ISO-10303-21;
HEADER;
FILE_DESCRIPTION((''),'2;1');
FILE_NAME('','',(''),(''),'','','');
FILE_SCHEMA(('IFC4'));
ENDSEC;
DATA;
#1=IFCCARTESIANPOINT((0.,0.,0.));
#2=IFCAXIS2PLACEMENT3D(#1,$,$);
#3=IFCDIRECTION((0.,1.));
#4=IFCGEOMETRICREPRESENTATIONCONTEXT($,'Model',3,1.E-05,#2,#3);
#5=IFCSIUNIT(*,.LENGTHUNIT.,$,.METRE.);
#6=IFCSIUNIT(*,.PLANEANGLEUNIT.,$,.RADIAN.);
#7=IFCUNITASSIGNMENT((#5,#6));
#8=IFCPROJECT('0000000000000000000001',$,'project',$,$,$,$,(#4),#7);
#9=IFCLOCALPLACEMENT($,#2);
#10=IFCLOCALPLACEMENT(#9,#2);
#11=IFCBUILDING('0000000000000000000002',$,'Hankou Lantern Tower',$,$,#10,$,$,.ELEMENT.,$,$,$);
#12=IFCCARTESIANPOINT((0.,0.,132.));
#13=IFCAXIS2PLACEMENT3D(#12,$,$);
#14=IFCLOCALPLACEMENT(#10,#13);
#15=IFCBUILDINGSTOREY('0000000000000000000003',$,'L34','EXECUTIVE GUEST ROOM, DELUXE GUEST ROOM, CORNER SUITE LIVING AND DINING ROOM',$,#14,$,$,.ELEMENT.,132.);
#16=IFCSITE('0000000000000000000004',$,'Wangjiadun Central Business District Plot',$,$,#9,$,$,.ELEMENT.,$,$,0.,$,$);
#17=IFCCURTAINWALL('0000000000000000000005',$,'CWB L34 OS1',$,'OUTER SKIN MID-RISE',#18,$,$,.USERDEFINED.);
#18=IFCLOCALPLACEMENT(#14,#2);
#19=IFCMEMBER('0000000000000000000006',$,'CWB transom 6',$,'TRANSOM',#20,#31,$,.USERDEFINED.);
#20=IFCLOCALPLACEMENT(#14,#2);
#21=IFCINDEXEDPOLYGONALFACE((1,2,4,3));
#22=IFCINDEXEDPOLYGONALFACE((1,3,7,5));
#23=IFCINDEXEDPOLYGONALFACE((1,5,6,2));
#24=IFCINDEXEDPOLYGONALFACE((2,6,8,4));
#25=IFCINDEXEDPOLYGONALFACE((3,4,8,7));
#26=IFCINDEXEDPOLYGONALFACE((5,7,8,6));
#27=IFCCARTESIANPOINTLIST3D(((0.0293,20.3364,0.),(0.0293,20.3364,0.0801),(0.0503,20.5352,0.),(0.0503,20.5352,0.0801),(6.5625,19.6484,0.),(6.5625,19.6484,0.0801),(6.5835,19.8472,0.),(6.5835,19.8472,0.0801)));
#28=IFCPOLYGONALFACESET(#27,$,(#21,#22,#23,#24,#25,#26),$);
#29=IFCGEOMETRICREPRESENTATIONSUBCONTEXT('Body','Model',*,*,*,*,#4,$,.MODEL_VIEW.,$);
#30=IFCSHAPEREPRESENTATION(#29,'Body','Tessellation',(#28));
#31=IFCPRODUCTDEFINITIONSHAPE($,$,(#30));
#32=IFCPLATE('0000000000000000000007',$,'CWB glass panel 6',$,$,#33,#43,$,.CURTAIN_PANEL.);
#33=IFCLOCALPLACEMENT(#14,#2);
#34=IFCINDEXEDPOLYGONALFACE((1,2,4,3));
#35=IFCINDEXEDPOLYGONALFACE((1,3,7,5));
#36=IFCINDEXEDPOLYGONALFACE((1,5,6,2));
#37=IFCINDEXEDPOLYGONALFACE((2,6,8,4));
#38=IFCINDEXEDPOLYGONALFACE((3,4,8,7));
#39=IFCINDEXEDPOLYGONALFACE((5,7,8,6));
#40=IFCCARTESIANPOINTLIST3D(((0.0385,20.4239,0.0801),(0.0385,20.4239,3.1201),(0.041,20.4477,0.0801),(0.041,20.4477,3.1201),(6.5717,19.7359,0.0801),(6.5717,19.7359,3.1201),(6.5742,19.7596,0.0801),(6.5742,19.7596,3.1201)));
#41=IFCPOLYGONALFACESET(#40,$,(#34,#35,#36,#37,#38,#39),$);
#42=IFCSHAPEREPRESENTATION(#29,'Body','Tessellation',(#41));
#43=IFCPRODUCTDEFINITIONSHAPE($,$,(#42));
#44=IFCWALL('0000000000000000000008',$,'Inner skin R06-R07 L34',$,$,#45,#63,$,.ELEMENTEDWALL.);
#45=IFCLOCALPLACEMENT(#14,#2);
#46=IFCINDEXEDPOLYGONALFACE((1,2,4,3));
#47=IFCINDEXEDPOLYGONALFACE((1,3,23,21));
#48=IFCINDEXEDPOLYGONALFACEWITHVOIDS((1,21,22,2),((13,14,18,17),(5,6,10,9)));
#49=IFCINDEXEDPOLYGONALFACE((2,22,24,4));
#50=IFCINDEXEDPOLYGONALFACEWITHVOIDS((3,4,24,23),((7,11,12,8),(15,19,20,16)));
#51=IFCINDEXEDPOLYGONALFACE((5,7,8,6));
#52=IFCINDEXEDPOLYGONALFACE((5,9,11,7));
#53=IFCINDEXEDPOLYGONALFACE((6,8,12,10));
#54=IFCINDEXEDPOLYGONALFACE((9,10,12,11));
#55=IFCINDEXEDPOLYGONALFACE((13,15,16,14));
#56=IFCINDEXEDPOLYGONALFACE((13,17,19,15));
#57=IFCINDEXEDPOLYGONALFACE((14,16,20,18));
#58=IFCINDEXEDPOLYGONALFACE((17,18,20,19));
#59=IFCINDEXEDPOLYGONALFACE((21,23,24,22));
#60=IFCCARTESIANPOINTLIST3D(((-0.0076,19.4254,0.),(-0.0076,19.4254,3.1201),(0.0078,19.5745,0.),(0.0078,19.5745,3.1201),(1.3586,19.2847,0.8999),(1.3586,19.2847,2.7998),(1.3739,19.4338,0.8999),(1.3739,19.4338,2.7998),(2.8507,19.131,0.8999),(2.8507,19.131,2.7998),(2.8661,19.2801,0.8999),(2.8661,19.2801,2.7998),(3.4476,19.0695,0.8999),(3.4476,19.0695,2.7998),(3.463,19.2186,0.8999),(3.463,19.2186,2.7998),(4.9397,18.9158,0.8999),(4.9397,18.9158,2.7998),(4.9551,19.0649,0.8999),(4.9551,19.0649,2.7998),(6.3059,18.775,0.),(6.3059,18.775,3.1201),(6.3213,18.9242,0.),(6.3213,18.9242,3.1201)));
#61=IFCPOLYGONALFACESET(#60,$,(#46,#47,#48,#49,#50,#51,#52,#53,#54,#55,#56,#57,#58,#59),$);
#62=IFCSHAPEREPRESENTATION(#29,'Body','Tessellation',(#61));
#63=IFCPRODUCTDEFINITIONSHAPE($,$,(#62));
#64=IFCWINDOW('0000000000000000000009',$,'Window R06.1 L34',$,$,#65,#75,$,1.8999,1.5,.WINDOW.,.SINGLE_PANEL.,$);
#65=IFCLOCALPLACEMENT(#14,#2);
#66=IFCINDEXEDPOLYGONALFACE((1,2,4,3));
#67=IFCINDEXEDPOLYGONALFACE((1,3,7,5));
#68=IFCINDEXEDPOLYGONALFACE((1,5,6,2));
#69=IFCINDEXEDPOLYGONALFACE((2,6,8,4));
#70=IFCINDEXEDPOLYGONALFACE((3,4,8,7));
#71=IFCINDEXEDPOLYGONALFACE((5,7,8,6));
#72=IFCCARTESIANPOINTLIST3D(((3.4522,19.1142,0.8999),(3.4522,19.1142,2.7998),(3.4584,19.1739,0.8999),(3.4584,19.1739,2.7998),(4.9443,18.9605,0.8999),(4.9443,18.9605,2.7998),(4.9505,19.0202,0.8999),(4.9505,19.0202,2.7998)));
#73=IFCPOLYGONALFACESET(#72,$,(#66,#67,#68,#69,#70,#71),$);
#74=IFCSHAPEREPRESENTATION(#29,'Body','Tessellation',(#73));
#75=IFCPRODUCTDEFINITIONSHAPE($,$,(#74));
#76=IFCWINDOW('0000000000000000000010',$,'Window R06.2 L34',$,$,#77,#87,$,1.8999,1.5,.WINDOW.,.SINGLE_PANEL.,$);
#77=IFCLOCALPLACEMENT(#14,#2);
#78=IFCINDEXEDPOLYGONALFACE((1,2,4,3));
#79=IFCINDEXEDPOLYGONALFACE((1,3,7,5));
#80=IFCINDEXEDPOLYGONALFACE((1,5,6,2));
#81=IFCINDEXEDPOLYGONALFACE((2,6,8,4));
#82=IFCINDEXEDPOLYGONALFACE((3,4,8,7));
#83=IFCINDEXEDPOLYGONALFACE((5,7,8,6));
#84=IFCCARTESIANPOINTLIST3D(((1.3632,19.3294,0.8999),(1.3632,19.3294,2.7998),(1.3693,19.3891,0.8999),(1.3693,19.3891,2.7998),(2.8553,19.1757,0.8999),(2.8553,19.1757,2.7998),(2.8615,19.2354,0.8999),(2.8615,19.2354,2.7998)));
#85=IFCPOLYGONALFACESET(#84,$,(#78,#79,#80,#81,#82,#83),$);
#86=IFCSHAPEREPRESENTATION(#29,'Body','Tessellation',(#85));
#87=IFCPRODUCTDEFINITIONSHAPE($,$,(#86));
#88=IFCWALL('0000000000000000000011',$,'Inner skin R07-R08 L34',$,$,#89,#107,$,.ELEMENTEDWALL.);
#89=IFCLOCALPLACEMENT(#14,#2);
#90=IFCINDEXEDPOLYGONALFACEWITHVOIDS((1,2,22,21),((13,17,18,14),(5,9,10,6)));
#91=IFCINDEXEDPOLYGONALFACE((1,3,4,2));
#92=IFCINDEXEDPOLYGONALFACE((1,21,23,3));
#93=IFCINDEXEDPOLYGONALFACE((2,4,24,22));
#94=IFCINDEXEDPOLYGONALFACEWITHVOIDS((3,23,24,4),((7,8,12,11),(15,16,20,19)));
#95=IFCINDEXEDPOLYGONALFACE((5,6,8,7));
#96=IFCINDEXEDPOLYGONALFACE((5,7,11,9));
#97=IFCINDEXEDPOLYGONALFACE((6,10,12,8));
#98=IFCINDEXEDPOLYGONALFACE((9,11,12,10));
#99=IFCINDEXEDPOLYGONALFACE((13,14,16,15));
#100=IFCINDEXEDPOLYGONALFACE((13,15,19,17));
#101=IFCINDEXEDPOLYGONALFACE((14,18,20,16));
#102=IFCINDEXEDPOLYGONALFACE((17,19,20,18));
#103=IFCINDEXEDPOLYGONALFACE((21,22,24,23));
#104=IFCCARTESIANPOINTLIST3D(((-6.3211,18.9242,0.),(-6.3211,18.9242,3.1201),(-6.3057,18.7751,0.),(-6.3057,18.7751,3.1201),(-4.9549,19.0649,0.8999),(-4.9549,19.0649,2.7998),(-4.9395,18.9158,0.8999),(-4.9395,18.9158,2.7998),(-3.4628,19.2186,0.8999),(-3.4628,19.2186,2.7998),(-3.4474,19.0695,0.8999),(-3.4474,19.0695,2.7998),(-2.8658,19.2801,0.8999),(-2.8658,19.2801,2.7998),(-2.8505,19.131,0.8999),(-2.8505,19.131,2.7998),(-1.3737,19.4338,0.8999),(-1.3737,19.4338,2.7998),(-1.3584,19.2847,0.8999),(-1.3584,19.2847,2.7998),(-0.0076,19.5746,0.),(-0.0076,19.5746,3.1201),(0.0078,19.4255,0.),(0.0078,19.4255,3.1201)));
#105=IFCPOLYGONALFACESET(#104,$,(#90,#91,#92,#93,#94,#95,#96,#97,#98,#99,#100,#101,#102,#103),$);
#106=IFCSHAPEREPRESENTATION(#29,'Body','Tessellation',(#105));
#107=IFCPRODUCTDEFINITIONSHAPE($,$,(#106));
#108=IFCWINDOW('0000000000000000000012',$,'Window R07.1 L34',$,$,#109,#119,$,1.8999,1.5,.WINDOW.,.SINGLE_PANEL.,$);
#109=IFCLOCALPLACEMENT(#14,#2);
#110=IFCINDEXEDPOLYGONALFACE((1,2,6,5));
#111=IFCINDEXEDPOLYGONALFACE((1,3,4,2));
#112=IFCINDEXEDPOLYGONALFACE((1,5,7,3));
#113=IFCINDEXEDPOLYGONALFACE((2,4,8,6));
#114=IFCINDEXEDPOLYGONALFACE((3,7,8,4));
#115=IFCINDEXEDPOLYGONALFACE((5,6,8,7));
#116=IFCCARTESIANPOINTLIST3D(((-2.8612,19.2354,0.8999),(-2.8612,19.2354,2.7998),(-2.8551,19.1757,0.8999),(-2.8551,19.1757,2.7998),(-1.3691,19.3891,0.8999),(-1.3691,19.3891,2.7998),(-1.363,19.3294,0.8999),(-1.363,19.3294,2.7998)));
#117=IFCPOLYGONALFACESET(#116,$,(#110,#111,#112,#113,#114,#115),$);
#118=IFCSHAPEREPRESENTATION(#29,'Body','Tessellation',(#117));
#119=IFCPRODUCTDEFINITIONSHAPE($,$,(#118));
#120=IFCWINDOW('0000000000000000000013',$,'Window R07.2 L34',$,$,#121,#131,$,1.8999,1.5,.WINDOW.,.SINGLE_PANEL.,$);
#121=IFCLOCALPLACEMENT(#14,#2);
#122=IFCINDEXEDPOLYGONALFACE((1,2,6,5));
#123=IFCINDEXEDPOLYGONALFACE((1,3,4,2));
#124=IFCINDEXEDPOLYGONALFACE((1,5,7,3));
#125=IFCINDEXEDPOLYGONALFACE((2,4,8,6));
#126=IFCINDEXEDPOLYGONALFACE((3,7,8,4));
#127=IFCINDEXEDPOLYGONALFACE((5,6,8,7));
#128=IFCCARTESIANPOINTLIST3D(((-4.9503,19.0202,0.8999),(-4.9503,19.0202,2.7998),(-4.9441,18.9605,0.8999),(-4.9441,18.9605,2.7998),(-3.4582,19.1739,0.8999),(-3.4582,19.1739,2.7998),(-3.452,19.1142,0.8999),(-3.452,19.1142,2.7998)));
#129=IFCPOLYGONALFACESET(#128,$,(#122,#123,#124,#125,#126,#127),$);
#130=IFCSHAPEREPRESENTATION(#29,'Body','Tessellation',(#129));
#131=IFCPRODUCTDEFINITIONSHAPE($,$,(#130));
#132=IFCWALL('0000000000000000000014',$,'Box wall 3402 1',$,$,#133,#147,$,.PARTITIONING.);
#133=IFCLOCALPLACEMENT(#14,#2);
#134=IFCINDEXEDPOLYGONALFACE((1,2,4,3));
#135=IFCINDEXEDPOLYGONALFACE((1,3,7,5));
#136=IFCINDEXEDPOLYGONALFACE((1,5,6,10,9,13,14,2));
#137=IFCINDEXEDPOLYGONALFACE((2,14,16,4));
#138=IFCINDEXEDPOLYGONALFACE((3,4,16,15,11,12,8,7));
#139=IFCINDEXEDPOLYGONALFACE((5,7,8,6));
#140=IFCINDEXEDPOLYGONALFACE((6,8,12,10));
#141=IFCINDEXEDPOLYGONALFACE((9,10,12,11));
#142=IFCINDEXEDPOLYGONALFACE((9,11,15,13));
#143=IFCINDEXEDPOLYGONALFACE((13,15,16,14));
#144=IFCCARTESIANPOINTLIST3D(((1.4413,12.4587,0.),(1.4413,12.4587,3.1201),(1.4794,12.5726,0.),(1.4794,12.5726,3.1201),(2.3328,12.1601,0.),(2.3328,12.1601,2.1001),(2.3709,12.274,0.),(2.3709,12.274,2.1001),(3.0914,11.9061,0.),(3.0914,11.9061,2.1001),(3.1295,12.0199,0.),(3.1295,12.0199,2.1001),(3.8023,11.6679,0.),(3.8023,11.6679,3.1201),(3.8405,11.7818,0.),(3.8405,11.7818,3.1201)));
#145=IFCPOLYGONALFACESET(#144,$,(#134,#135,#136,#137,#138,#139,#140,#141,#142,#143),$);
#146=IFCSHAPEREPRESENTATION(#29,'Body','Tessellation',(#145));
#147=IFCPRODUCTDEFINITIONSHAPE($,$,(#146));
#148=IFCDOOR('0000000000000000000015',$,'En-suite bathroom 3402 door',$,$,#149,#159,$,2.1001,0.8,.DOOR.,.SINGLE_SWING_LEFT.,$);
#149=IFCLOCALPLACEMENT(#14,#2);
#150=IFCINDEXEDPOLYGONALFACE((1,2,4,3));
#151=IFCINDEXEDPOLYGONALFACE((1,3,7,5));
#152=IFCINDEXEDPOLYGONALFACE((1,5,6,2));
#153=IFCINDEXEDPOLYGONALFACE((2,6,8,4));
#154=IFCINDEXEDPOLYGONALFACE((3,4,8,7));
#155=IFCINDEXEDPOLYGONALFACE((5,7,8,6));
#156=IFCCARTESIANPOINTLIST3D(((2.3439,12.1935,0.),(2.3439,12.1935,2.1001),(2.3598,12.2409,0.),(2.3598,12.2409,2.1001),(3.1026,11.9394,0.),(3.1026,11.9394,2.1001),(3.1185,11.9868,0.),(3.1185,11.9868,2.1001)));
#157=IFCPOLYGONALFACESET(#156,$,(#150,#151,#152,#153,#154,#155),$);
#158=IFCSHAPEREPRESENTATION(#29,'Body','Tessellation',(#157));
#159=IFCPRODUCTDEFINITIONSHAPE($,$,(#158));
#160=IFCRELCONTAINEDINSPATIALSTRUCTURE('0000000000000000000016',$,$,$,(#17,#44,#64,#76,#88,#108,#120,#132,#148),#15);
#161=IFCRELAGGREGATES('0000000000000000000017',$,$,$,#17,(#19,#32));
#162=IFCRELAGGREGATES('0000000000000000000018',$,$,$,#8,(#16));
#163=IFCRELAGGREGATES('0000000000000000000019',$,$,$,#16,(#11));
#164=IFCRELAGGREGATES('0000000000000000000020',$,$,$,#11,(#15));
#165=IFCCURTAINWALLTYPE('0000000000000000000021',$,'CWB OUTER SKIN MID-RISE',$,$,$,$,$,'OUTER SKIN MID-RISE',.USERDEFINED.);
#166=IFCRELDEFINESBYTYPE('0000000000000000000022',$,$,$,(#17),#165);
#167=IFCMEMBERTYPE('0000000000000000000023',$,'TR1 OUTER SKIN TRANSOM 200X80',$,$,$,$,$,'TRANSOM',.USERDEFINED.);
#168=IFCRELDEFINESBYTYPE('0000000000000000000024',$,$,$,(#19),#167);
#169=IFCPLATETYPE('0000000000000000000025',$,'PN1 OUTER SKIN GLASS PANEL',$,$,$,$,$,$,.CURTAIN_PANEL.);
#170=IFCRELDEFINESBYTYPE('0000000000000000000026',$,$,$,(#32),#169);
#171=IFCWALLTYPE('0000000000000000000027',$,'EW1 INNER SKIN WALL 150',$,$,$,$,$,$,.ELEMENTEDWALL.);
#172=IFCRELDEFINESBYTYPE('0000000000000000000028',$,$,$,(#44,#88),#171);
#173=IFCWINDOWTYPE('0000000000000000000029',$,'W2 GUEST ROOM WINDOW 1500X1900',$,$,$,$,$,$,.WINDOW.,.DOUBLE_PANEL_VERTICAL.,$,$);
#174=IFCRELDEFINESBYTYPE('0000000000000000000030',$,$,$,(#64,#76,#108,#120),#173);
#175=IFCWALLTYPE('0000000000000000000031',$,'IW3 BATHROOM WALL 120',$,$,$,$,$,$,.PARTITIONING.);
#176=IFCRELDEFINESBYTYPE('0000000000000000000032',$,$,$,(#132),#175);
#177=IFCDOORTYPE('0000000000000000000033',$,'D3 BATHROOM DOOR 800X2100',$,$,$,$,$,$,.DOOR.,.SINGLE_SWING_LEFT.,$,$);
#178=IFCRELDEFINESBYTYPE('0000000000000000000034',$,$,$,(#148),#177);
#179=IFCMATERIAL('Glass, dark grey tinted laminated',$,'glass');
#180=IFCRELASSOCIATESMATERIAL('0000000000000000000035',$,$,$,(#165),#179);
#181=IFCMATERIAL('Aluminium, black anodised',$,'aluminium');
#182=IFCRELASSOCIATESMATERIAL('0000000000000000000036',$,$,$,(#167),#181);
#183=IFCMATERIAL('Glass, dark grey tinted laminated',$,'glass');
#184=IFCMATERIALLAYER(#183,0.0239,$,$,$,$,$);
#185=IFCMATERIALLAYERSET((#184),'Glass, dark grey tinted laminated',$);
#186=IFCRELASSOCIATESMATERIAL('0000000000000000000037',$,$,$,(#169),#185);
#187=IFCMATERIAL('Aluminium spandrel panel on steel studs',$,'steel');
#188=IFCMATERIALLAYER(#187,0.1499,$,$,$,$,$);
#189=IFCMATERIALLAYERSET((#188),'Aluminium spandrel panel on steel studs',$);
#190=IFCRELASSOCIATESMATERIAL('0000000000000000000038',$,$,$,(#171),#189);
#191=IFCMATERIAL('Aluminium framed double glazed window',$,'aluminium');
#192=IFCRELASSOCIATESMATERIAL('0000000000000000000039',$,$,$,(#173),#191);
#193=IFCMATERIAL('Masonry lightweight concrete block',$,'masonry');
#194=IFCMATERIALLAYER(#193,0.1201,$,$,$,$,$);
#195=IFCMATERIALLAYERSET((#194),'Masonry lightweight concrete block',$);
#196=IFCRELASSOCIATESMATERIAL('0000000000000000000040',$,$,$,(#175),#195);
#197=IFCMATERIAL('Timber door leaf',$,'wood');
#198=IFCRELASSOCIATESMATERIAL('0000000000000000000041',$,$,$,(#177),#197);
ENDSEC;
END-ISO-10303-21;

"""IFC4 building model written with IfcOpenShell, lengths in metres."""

from ifc_helpers import new_model, si_unit, direction, frame, frame_2d, origin, origin_2d, place, context, subcontext, project, spatial, rectangle, extrude, material, layer, layer_set, material_profile, profile_set, type_object, element, fill, aggregate, save


model = new_model("IFC4")

# Units and contexts
model_context = context("Model", 3, precision=1e-05, world=origin(), true_north=direction((0.0, 1.0)))
body_context = subcontext(model_context, "Body", "Model", "MODEL_VIEW")
ifc_project = project(units=[si_unit("LENGTHUNIT", "METRE"), si_unit("PLANEANGLEUNIT", "RADIAN")], contexts=[model_context])

# Site, building, storey
site_placement = place(None, origin())
site = spatial("IfcSite", under=ifc_project, at=site_placement, Name="Wangjiadun Central Business District Plot", CompositionType="ELEMENT", RefElevation=0.0)
building_placement = place(site_placement, origin())
building = spatial("IfcBuilding", under=site, at=building_placement, Name="Hankou Lantern Tower", CompositionType="ELEMENT")
storey_placement = place(building_placement, frame((0.0, 0.0, 132.0)))
storey = spatial("IfcBuildingStorey", under=building, at=storey_placement, Name="L34", Description="EXECUTIVE GUEST ROOM, DELUXE GUEST ROOM, CORNER SUITE LIVING AND DINING ROOM", CompositionType="ELEMENT", Elevation=132.0)

# Curtain wall
ifc_material_1 = material(Name="Glass, dark grey tinted laminated", Category="glass")
curtain_wall_type = type_object("IfcCurtainWallType", Name="CWB OUTER SKIN MID-RISE", ElementType="OUTER SKIN MID-RISE", PredefinedType="USERDEFINED", material=ifc_material_1)
curtain_wall_1_placement = place(storey_placement, origin())
curtain_wall_1 = element("IfcCurtainWall", 1, at=curtain_wall_1_placement, inside=storey, type_object=curtain_wall_type, Name="CWB L34 OS1", ObjectType="OUTER SKIN MID-RISE", PredefinedType="USERDEFINED")

# Member
ifc_material_2 = material(Name="Aluminium, black anodised", Category="aluminium")
ifc_material_profile_1 = material_profile(ifc_material_2, rectangle(XDim=0.2, YDim=0.0801, at=origin_2d()), Name="TR1 200X80")
ifc_profile_set_1 = profile_set([ifc_material_profile_1], Name="Aluminium, black anodised")
member_type_1 = type_object("IfcMemberType", Name="TR1 OUTER SKIN TRANSOM 200X80", ElementType="TRANSOM", PredefinedType="USERDEFINED", material=ifc_profile_set_1)
member_1_placement = place(storey_placement, frame((6.573, 19.7478, 0.04), z_axis=(-0.994501, 0.104727, 0.0), x_axis=(-0.104727, -0.994501, 0.0)))
member_1 = element("IfcMember", 2, at=member_1_placement, type_object=member_type_1, Name="CWB transom 6", ObjectType="TRANSOM", PredefinedType="USERDEFINED", context=body_context, shape_type="SweptSolid", body=[
    extrude(rectangle(XDim=0.2, YDim=0.0801, at=origin_2d()), origin(), (0.0, 0.0, 1.0), 6.5693),
])

# Plate
ifc_material_3 = material(Name="Glass, dark grey tinted laminated", Category="glass")
ifc_layer_1 = layer(ifc_material_3, 0.0239)
ifc_layer_set_1 = layer_set([ifc_layer_1], Name="Glass, dark grey tinted laminated")
plate_type = type_object("IfcPlateType", Name="PN1 OUTER SKIN GLASS PANEL", PredefinedType="CURTAIN_PANEL", material=ifc_layer_set_1)
plate_placement = place(storey_placement, frame((3.3064, 20.0918, 0.0801), z_axis=(0.0, 0.0, 1.0), x_axis=(-0.994499, 0.104743, 0.0)))
plate = element("IfcPlate", 3, at=plate_placement, type_object=plate_type, Name="CWB glass panel 6", PredefinedType="CURTAIN_PANEL", context=body_context, shape_type="SweptSolid", body=[
    extrude(rectangle(XDim=6.5693, YDim=0.0239, at=origin_2d()), origin(), (0.0, 0.0, 1.0), 3.04),
])
aggregate(curtain_wall_1, [member_1, plate])

# Walls, openings, windows
ifc_material_4 = material(Name="Aluminium spandrel panel on steel studs", Category="steel")
ifc_layer_2 = layer(ifc_material_4, 0.1499)
ifc_layer_set_2 = layer_set([ifc_layer_2], Name="Aluminium spandrel panel on steel studs")
wall_type_1 = type_object("IfcWallType", Name="EW1 INNER SKIN WALL 150", PredefinedType="ELEMENTEDWALL", material=ifc_layer_set_2)
wall_1_placement = place(storey_placement, frame((6.3135, 18.8496, 0.0), z_axis=(0.0, 0.0, 1.0), x_axis=(-0.994736, 0.102474, 0.0)))
wall_1 = element("IfcWall", 4, at=wall_1_placement, inside=storey, type_object=wall_type_1, Name="Inner skin R06-R07 L34", PredefinedType="ELEMENTEDWALL", context=body_context, shape_type="SweptSolid", body=[
    extrude(rectangle(XDim=6.3469, YDim=0.1499, at=frame_2d((3.1733, 0.0))), origin(), (0.0, 0.0, 1.0), 3.1201),
])
opening_1_placement = place(wall_1_placement, frame((1.3733, 0.0, 0.8999)))
opening_1 = element("IfcOpeningElement", 5, at=opening_1_placement, cuts=wall_1, PredefinedType="OPENING", context=body_context, shape_type="SweptSolid", body=[
    extrude(rectangle(XDim=1.5, YDim=1.8999, at=frame_2d((0.75, 0.95))), frame((0.0, 0.085, 0.0), z_axis=(0.0, -1.0, 0.0), x_axis=(1.0, 0.0, 0.0)), (0.0, 0.0, 1.0), 0.1699),
])
opening_2_placement = place(wall_1_placement, frame((3.4734, 0.0, 0.8999)))
opening_2 = element("IfcOpeningElement", 6, at=opening_2_placement, cuts=wall_1, PredefinedType="OPENING", context=body_context, shape_type="SweptSolid", body=[
    extrude(rectangle(XDim=1.5, YDim=1.8999, at=frame_2d((0.75, 0.95))), frame((0.0, 0.085, 0.0), z_axis=(0.0, -1.0, 0.0), x_axis=(1.0, 0.0, 0.0)), (0.0, 0.0, 1.0), 0.1699),
])
ifc_material_5 = material(Name="Aluminium framed double glazed window", Category="aluminium")
window_type = type_object("IfcWindowType", Name="W2 GUEST ROOM WINDOW 1500X1900", PartitioningType="DOUBLE_PANEL_VERTICAL", PredefinedType="WINDOW", material=ifc_material_5)
window_1_placement = place(opening_1_placement, origin())
window_1 = element("IfcWindow", 7, at=window_1_placement, inside=storey, type_object=window_type, Name="Window R06.1 L34", OverallHeight=1.8999, OverallWidth=1.5, PartitioningType="SINGLE_PANEL", PredefinedType="WINDOW", context=body_context, shape_type="SweptSolid", body=[
    extrude(rectangle(XDim=1.5, YDim=1.8999, at=frame_2d((0.75, 0.95))), frame((0.0, 0.03, 0.0), z_axis=(0.0, -1.0, 0.0), x_axis=(1.0, 0.0, 0.0)), (0.0, 0.0, 1.0), 0.0601),
])
fill(opening_1, window_1)
window_2_placement = place(opening_2_placement, origin())
window_2 = element("IfcWindow", 8, at=window_2_placement, inside=storey, type_object=window_type, Name="Window R06.2 L34", OverallHeight=1.8999, OverallWidth=1.5, PartitioningType="SINGLE_PANEL", PredefinedType="WINDOW", context=body_context, shape_type="SweptSolid", body=[
    extrude(rectangle(XDim=1.5, YDim=1.8999, at=frame_2d((0.75, 0.95))), frame((0.0, 0.03, 0.0), z_axis=(0.0, -1.0, 0.0), x_axis=(1.0, 0.0, 0.0)), (0.0, 0.0, 1.0), 0.0601),
])
fill(opening_2, window_2)
wall_2_placement = place(storey_placement, frame((0.0, 19.5, 0.0), z_axis=(0.0, 0.0, 1.0), x_axis=(-0.994736, -0.102474, 0.0)))
wall_2 = element("IfcWall", 9, at=wall_2_placement, inside=storey, type_object=wall_type_1, Name="Inner skin R07-R08 L34", PredefinedType="ELEMENTEDWALL", context=body_context, shape_type="SweptSolid", body=[
    extrude(rectangle(XDim=6.3469, YDim=0.1499, at=frame_2d((3.1733, 0.0))), origin(), (0.0, 0.0, 1.0), 3.1201),
])
opening_3_placement = place(wall_2_placement, frame((1.3733, 0.0, 0.8999)))
opening_3 = element("IfcOpeningElement", 10, at=opening_3_placement, cuts=wall_2, PredefinedType="OPENING", context=body_context, shape_type="SweptSolid", body=[
    extrude(rectangle(XDim=1.5, YDim=1.8999, at=frame_2d((0.75, 0.95))), frame((0.0, 0.085, 0.0), z_axis=(0.0, -1.0, 0.0), x_axis=(1.0, 0.0, 0.0)), (0.0, 0.0, 1.0), 0.1699),
])
opening_4_placement = place(wall_2_placement, frame((3.4734, 0.0, 0.8999)))
opening_4 = element("IfcOpeningElement", 11, at=opening_4_placement, cuts=wall_2, PredefinedType="OPENING", context=body_context, shape_type="SweptSolid", body=[
    extrude(rectangle(XDim=1.5, YDim=1.8999, at=frame_2d((0.75, 0.95))), frame((0.0, 0.085, 0.0), z_axis=(0.0, -1.0, 0.0), x_axis=(1.0, 0.0, 0.0)), (0.0, 0.0, 1.0), 0.1699),
])
window_3_placement = place(opening_3_placement, origin())
window_3 = element("IfcWindow", 12, at=window_3_placement, inside=storey, type_object=window_type, Name="Window R07.1 L34", OverallHeight=1.8999, OverallWidth=1.5, PartitioningType="SINGLE_PANEL", PredefinedType="WINDOW", context=body_context, shape_type="SweptSolid", body=[
    extrude(rectangle(XDim=1.5, YDim=1.8999, at=frame_2d((0.75, 0.95))), frame((0.0, 0.03, 0.0), z_axis=(0.0, -1.0, 0.0), x_axis=(1.0, 0.0, 0.0)), (0.0, 0.0, 1.0), 0.0601),
])
fill(opening_3, window_3)
window_4_placement = place(opening_4_placement, origin())
window_4 = element("IfcWindow", 13, at=window_4_placement, inside=storey, type_object=window_type, Name="Window R07.2 L34", OverallHeight=1.8999, OverallWidth=1.5, PartitioningType="SINGLE_PANEL", PredefinedType="WINDOW", context=body_context, shape_type="SweptSolid", body=[
    extrude(rectangle(XDim=1.5, YDim=1.8999, at=frame_2d((0.75, 0.95))), frame((0.0, 0.03, 0.0), z_axis=(0.0, -1.0, 0.0), x_axis=(1.0, 0.0, 0.0)), (0.0, 0.0, 1.0), 0.0601),
])
fill(opening_4, window_4)

# Wall, opening, door
ifc_material_6 = material(Name="Masonry lightweight concrete block", Category="masonry")
ifc_layer_3 = layer(ifc_material_6, 0.1201)
ifc_layer_set_3 = layer_set([ifc_layer_3], Name="Masonry lightweight concrete block")
wall_type_2 = type_object("IfcWallType", Name="IW3 BATHROOM WALL 120", PredefinedType="PARTITIONING", material=ifc_layer_set_3)
wall_3_placement = place(storey_placement, frame((3.8215, 11.7249, 0.0), z_axis=(0.0, 0.0, 1.0), x_axis=(-0.948231, 0.317581, 0.0)))
wall_3 = element("IfcWall", 14, at=wall_3_placement, inside=storey, type_object=wall_type_2, Name="Box wall 3402 1", PredefinedType="PARTITIONING", context=body_context, shape_type="SweptSolid", body=[
    extrude(rectangle(XDim=2.49, YDim=0.1201, at=frame_2d((1.2451, 0.0))), origin(), (0.0, 0.0, 1.0), 3.1201),
])
opening_5_placement = place(wall_3_placement, frame((0.75, 0.0, 0.0)))
opening_5 = element("IfcOpeningElement", 15, at=opening_5_placement, cuts=wall_3, PredefinedType="OPENING", context=body_context, shape_type="SweptSolid", body=[
    extrude(rectangle(XDim=0.8, YDim=2.1001, at=frame_2d((0.3999, 1.05))), frame((0.0, 0.0701, 0.0), z_axis=(0.0, -1.0, 0.0), x_axis=(1.0, 0.0, 0.0)), (0.0, 0.0, 1.0), 0.1401),
])
ifc_material_7 = material(Name="Timber door leaf", Category="wood")
door_type = type_object("IfcDoorType", Name="D3 BATHROOM DOOR 800X2100", OperationType="SINGLE_SWING_LEFT", PredefinedType="DOOR", material=ifc_material_7)
door_placement = place(opening_5_placement, origin())
door = element("IfcDoor", 16, at=door_placement, inside=storey, type_object=door_type, Name="En-suite bathroom 3402 door", OperationType="SINGLE_SWING_LEFT", OverallHeight=2.1001, OverallWidth=0.8, PredefinedType="DOOR", context=body_context, shape_type="SweptSolid", body=[
    extrude(rectangle(XDim=0.8, YDim=2.1001, at=frame_2d((0.3999, 1.05))), frame((0.0, 0.0249, 0.0), z_axis=(0.0, -1.0, 0.0), x_axis=(1.0, 0.0, 0.0)), (0.0, 0.0, 1.0), 0.05),
])
fill(opening_5, door)

save(model, "model.ifc")
